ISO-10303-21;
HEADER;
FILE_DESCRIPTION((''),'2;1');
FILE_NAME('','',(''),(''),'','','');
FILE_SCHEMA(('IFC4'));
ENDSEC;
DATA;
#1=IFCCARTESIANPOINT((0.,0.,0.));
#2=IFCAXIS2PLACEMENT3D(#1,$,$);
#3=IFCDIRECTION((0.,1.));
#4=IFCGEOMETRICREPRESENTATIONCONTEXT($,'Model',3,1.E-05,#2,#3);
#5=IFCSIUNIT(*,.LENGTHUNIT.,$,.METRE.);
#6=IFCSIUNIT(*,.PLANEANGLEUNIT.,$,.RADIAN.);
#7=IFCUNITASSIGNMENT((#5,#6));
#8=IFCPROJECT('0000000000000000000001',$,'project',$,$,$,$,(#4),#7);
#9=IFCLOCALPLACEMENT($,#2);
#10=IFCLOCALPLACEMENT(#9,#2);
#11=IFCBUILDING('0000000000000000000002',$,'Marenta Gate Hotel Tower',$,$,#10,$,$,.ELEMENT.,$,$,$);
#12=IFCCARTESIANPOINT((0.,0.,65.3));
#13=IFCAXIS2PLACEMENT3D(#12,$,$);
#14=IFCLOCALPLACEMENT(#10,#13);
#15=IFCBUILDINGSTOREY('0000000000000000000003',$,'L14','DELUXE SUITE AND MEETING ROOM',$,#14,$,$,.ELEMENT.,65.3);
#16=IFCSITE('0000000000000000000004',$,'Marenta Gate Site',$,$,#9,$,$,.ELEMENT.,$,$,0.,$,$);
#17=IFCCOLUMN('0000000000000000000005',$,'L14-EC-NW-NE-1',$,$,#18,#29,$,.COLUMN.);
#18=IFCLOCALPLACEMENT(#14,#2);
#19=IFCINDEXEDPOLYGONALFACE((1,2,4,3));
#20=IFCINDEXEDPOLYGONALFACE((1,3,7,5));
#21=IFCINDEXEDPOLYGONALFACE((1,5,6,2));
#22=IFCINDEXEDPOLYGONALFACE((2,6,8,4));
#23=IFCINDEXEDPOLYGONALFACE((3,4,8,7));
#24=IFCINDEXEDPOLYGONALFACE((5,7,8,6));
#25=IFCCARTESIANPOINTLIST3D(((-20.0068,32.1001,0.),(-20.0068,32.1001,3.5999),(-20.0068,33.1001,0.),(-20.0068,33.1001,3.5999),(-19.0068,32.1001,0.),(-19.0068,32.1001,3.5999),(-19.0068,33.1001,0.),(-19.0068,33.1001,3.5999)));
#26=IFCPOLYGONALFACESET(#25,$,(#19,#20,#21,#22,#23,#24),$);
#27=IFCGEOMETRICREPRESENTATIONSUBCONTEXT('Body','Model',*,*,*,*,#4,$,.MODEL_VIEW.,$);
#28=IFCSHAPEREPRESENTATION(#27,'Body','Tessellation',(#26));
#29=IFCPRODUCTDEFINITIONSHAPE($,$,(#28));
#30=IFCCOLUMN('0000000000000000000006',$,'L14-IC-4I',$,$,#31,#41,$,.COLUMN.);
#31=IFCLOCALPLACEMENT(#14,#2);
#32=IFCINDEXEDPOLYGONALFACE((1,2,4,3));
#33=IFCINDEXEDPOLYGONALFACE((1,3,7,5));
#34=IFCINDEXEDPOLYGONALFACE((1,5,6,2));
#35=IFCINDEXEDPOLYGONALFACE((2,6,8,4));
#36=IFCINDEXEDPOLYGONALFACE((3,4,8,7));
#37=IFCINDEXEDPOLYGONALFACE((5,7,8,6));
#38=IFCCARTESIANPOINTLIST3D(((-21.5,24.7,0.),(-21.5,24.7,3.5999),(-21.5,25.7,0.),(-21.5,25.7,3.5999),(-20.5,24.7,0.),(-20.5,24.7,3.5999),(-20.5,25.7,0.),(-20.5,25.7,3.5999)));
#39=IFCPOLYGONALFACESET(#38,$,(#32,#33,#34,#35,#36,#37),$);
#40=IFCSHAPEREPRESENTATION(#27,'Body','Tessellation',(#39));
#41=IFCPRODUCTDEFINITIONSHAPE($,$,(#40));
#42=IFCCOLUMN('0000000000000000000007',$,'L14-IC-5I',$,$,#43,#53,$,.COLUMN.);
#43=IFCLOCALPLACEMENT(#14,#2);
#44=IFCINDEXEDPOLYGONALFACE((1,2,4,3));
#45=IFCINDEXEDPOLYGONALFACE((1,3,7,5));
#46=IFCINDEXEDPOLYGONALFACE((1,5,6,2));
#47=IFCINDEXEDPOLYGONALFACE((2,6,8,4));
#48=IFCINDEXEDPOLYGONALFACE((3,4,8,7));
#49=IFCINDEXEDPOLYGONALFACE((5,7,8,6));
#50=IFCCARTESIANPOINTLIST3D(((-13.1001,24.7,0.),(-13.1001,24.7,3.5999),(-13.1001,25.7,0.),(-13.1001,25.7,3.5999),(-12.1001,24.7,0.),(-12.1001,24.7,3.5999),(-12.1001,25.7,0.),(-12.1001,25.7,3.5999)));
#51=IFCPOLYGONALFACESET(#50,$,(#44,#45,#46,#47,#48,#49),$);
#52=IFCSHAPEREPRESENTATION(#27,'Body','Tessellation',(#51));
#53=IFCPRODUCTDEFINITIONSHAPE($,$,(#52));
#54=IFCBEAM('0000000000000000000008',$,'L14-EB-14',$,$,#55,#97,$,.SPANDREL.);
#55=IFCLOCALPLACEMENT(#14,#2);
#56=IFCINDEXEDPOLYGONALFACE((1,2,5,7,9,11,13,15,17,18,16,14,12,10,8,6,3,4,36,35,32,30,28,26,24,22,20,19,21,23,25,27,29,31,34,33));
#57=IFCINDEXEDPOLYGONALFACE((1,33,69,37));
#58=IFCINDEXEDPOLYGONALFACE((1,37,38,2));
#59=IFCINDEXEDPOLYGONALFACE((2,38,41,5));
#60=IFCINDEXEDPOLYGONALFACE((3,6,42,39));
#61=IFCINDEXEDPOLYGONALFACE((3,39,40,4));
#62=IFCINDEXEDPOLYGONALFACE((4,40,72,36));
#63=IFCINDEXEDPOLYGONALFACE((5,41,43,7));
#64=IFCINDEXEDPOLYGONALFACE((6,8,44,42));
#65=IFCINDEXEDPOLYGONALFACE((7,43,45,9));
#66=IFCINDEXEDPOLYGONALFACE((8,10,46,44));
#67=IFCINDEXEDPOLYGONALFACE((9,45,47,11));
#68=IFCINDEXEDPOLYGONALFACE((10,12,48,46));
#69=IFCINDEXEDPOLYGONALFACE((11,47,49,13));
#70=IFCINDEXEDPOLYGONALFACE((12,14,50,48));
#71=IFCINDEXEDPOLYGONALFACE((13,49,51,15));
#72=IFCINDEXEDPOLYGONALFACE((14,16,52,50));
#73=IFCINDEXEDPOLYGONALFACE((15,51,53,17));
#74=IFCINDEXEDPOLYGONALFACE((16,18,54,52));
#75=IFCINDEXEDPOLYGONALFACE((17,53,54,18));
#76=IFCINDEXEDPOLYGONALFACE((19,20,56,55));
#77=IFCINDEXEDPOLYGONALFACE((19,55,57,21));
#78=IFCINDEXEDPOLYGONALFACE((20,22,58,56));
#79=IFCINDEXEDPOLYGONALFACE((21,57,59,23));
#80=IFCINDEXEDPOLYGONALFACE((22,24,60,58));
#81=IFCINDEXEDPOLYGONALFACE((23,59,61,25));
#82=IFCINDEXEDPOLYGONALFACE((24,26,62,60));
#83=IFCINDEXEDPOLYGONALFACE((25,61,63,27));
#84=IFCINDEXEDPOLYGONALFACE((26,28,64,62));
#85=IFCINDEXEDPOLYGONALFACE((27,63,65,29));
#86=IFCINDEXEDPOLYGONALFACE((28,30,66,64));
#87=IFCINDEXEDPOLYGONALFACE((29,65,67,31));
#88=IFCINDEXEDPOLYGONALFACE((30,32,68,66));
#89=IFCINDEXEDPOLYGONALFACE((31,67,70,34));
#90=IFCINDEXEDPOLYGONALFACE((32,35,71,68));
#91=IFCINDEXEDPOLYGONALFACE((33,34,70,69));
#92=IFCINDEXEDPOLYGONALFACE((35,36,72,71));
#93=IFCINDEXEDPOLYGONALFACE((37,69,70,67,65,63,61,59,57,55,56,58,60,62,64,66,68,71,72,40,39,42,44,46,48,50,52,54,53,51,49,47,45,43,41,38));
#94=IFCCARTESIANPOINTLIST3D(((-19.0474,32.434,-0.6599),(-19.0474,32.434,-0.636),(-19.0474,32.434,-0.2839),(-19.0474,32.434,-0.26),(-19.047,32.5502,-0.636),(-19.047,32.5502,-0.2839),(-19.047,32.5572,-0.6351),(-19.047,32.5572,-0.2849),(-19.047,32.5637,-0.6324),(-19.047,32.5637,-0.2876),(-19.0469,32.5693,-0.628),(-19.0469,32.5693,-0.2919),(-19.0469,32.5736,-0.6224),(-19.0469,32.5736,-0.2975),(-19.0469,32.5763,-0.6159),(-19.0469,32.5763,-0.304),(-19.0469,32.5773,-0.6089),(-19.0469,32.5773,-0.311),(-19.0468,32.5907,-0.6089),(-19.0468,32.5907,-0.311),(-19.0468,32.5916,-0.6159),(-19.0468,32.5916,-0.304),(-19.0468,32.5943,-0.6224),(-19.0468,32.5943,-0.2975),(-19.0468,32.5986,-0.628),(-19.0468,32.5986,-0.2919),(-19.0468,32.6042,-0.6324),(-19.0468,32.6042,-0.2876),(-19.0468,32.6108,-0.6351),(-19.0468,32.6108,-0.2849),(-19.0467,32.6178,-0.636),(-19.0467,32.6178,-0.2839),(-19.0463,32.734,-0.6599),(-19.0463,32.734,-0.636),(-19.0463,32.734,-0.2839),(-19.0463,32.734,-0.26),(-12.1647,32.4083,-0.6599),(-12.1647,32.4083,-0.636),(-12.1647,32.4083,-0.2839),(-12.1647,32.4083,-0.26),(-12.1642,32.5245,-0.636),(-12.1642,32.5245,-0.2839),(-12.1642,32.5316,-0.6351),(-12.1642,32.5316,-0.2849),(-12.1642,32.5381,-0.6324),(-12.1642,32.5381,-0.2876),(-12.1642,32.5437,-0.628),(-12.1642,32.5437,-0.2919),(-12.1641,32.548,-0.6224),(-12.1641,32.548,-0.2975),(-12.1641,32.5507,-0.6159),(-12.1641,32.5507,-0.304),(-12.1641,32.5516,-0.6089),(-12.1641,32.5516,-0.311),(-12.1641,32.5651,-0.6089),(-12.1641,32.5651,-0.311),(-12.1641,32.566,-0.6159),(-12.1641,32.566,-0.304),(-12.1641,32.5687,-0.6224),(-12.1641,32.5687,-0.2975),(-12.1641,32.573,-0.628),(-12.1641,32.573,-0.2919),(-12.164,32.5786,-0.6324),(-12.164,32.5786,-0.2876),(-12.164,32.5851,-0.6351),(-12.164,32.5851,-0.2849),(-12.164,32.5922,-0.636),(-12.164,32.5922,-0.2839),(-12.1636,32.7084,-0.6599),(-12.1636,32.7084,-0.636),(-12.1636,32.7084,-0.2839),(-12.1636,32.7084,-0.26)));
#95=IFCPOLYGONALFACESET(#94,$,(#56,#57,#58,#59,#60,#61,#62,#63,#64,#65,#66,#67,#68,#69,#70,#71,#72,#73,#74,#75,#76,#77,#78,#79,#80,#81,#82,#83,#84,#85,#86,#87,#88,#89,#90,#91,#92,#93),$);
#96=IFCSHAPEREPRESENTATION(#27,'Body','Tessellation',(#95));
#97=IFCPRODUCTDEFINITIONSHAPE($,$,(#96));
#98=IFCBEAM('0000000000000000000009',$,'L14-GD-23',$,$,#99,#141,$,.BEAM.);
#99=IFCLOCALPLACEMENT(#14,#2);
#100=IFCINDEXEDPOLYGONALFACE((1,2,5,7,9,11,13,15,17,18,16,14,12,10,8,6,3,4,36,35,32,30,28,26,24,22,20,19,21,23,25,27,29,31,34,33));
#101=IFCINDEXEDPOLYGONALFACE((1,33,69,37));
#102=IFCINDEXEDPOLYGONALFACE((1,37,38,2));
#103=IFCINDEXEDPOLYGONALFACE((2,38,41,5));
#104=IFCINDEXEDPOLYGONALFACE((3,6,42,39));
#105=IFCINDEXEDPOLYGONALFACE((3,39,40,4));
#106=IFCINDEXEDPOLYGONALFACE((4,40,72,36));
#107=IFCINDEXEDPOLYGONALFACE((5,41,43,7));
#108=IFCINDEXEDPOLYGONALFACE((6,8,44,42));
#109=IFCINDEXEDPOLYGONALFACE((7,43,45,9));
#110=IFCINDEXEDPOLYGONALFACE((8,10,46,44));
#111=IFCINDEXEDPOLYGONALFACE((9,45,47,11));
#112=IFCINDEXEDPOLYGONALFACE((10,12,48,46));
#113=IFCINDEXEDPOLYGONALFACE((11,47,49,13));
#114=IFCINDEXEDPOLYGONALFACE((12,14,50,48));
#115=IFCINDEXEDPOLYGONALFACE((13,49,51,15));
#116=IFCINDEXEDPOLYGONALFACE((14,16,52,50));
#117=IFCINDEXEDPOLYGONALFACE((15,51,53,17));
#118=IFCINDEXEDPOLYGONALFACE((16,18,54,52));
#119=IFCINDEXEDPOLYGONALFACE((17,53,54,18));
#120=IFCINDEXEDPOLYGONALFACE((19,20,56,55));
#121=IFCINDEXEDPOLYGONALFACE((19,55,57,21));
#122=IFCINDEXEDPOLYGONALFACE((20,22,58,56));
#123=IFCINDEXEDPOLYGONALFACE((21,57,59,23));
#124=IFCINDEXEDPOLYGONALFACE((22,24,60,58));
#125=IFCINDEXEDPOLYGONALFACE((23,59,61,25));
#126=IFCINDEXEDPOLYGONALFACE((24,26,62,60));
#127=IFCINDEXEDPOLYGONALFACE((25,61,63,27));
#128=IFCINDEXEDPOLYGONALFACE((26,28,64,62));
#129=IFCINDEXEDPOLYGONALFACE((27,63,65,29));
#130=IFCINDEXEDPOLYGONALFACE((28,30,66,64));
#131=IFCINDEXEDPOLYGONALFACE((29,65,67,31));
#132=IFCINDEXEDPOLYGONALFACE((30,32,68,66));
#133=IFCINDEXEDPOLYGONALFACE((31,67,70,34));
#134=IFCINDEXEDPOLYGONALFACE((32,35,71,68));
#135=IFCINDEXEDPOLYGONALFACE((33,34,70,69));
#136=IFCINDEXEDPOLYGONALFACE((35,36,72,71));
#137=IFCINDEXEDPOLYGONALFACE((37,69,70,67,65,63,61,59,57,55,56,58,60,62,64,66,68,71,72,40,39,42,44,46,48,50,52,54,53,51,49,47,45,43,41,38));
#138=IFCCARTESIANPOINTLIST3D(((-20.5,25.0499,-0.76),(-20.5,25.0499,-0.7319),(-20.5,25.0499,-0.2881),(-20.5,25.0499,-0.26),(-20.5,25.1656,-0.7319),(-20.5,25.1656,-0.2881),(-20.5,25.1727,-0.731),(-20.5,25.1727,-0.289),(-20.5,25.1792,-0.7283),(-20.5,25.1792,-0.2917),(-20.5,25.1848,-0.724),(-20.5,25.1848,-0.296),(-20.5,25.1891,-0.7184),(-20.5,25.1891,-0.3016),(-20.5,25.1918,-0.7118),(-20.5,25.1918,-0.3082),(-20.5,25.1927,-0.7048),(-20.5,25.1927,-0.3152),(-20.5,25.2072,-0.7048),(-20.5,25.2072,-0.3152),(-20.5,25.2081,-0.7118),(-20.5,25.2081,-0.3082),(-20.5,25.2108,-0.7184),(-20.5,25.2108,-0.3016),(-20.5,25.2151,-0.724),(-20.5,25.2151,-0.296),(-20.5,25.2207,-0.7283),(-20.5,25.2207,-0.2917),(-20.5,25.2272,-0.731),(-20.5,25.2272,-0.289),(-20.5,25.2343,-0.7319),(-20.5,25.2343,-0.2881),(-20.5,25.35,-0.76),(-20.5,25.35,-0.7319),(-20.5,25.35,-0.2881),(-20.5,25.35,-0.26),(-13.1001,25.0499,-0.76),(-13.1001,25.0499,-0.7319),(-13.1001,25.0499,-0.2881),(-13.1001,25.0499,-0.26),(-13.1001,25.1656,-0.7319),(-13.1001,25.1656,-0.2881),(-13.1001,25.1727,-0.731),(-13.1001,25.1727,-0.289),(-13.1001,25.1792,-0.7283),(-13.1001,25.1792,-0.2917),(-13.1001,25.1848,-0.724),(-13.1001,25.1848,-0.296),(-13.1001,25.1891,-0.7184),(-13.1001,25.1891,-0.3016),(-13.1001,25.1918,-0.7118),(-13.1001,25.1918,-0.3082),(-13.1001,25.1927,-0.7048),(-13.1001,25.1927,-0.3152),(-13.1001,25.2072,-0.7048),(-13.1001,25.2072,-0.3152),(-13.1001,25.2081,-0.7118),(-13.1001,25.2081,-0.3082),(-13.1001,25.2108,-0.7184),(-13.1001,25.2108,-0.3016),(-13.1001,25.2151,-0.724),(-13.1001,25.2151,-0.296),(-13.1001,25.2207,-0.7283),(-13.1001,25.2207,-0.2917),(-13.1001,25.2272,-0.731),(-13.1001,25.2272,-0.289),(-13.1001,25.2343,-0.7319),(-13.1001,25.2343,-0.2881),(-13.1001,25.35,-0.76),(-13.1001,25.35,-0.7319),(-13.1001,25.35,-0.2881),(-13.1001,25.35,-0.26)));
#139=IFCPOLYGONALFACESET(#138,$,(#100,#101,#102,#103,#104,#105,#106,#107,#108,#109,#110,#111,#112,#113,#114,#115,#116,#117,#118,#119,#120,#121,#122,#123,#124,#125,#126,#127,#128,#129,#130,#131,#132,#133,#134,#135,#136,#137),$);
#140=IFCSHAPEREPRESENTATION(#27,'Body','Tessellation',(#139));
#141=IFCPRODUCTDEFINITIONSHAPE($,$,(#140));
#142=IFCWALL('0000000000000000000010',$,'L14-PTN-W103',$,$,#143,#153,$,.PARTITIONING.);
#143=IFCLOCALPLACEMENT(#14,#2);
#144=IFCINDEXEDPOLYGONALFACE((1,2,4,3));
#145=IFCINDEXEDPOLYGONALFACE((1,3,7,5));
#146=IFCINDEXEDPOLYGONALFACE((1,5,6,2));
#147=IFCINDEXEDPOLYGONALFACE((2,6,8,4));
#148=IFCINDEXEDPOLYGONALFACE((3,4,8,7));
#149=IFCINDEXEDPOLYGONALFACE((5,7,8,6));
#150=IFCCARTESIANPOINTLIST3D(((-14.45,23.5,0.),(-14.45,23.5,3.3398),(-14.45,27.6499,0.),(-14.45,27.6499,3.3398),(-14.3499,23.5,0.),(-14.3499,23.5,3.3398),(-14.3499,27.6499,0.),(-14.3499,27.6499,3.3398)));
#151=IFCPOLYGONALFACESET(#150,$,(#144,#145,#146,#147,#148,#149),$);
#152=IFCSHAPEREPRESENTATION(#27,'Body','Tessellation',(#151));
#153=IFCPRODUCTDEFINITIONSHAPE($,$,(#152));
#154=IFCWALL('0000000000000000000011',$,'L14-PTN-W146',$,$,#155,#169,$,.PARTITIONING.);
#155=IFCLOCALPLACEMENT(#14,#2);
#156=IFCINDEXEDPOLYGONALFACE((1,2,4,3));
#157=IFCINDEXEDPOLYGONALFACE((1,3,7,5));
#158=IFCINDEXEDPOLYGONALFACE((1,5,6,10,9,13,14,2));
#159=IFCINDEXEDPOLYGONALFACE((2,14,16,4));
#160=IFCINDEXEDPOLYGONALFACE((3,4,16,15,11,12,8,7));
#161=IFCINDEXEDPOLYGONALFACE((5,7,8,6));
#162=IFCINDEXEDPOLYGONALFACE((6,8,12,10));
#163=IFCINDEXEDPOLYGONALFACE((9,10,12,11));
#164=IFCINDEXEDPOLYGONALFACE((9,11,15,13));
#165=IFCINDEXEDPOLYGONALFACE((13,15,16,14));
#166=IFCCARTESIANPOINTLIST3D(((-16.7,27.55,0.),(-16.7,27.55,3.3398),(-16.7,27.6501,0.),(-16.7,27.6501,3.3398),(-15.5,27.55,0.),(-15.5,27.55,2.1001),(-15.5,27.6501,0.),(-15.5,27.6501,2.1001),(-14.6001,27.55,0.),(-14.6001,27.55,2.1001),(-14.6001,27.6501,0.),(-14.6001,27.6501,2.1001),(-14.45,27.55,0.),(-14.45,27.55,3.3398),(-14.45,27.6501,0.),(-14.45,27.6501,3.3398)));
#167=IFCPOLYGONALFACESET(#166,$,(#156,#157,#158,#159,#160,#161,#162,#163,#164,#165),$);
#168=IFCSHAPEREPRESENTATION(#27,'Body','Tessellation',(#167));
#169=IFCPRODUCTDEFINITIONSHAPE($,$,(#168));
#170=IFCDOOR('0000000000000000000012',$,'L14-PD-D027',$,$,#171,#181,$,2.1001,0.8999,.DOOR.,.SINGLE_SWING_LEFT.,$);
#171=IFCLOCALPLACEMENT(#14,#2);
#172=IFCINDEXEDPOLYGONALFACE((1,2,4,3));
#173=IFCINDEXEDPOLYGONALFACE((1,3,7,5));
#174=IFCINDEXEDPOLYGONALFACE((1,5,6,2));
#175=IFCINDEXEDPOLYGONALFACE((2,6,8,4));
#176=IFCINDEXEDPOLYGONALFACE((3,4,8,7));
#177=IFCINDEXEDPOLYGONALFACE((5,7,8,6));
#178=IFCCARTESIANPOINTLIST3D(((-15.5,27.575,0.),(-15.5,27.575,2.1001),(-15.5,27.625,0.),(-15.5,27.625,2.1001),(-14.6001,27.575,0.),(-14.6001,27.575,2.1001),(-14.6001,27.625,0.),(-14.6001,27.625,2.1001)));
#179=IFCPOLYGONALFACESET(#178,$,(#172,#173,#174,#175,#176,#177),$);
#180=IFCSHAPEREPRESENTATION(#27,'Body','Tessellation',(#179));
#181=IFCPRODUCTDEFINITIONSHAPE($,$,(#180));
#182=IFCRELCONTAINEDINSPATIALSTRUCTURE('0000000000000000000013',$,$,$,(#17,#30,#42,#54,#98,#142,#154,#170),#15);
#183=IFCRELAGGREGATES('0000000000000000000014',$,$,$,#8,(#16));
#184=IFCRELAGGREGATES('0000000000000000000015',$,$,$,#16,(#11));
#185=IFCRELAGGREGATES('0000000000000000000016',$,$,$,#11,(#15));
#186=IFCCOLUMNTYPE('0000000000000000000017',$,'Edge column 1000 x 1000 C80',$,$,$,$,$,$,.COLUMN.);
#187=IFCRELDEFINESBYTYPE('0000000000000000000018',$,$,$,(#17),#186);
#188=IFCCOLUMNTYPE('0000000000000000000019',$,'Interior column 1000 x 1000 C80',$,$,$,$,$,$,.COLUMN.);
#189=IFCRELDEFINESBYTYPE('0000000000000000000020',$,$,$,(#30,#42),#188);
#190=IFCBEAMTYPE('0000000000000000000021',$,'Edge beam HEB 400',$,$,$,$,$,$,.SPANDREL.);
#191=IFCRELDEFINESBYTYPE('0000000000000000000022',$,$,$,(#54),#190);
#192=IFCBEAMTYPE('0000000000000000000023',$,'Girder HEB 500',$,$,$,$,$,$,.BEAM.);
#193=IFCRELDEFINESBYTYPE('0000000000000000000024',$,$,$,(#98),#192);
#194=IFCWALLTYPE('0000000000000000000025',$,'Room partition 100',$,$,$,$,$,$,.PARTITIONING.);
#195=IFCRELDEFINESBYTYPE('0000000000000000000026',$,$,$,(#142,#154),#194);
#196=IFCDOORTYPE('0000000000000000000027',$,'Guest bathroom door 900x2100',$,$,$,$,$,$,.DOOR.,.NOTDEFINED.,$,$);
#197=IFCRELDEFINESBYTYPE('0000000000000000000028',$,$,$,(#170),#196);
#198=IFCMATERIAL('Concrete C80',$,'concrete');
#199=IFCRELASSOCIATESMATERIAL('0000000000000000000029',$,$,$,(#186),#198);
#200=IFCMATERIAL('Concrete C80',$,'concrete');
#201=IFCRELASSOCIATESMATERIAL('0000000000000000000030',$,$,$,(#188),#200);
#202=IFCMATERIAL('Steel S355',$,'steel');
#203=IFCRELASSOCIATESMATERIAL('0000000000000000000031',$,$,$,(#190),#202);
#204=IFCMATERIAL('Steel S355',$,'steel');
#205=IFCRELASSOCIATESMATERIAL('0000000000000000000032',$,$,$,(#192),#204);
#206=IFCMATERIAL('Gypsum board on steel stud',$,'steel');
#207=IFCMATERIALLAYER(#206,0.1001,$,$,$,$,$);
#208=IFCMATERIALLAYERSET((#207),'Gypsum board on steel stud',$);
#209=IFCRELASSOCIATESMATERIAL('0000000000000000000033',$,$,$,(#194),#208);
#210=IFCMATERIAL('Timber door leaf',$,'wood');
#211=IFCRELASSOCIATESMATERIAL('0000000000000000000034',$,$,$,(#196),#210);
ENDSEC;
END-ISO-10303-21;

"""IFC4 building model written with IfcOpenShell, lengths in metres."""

from ifc_helpers import new_model, si_unit, direction, frame, frame_2d, origin, origin_2d, place, context, subcontext, project, spatial, rectangle, i_section, extrude, material, layer, layer_set, material_profile, profile_set, type_object, element, fill, save


model = new_model("IFC4")

# Units and contexts
model_context = context("Model", 3, precision=1e-05, world=origin(), true_north=direction((0.0, 1.0)))
body_context = subcontext(model_context, "Body", "Model", "MODEL_VIEW")
ifc_project = project(units=[si_unit("LENGTHUNIT", "METRE"), si_unit("PLANEANGLEUNIT", "RADIAN")], contexts=[model_context])

# Site, building, storey
site_placement = place(None, origin())
site = spatial("IfcSite", under=ifc_project, at=site_placement, Name="Marenta Gate Site", CompositionType="ELEMENT", RefElevation=0.0)
building_placement = place(site_placement, origin())
building = spatial("IfcBuilding", under=site, at=building_placement, Name="Marenta Gate Hotel Tower", CompositionType="ELEMENT")
storey_placement = place(building_placement, frame((0.0, 0.0, 65.3)))
storey = spatial("IfcBuildingStorey", under=building, at=storey_placement, Name="L14", Description="DELUXE SUITE AND MEETING ROOM", CompositionType="ELEMENT", Elevation=65.3)

# Columns
ifc_material_1 = material(Name="Concrete C80", Category="concrete")
ifc_material_profile_1 = material_profile(ifc_material_1, rectangle(XDim=1.0, YDim=1.0, at=origin_2d()), Name="1000 x 1000")
ifc_profile_set_1 = profile_set([ifc_material_profile_1], Name="Concrete C80")
column_type_1 = type_object("IfcColumnType", Name="Edge column 1000 x 1000 C80", PredefinedType="COLUMN", material=ifc_profile_set_1)
column_placement = place(storey_placement, frame((-19.5068, 32.6001, 0.0), z_axis=(0.0, 0.0, 1.0), x_axis=(1.0, 0.0, 0.0)))
element("IfcColumn", 1, at=column_placement, inside=storey, type_object=column_type_1, Name="L14-EC-NW-NE-1", PredefinedType="COLUMN", context=body_context, shape_type="SweptSolid", body=[
    extrude(rectangle(XDim=1.0, YDim=1.0, at=origin_2d()), origin(), (0.0, 0.0, 1.0), 3.5999),
])
ifc_material_2 = material(Name="Concrete C80", Category="concrete")
ifc_material_profile_2 = material_profile(ifc_material_2, rectangle(XDim=1.0, YDim=1.0, at=origin_2d()), Name="1000 x 1000")
ifc_profile_set_2 = profile_set([ifc_material_profile_2], Name="Concrete C80")
column_type_2 = type_object("IfcColumnType", Name="Interior column 1000 x 1000 C80", PredefinedType="COLUMN", material=ifc_profile_set_2)
for number, where, z_axis, x_axis, name in (
    (2, (-21.0, 25.2, 0.0), (0.0, 0.0, 1.0), (1.0, 0.0, 0.0), "L14-IC-4I"),
    (3, (-12.6001, 25.2, 0.0), (0.0, 0.0, 1.0), (1.0, 0.0, 0.0), "L14-IC-5I"),
):
    element("IfcColumn", number, at=place(storey_placement, frame(where, z_axis=z_axis, x_axis=x_axis)), inside=storey, type_object=column_type_2, Name=name, PredefinedType="COLUMN", context=body_context, shape_type="SweptSolid", body=[
        extrude(rectangle(XDim=1.0, YDim=1.0, at=origin_2d()), origin(), (0.0, 0.0, 1.0), 3.5999),
    ])

# Beams
ifc_material_3 = material(Name="Steel S355", Category="steel")
ifc_material_profile_3 = material_profile(ifc_material_3, i_section(OverallWidth=0.3, OverallDepth=0.3999, WebThickness=0.0134, FlangeThickness=0.0239, FilletRadius=0.0271, at=origin_2d()), Name="HEB 400")
ifc_profile_set_3 = profile_set([ifc_material_profile_3], Name="Steel S355")
beam_type_1 = type_object("IfcBeamType", Name="Edge beam HEB 400", PredefinedType="SPANDREL", material=ifc_profile_set_3)
beam_1_placement = place(storey_placement, frame((-19.0469, 32.584, -0.46), z_axis=(0.999993, -0.003724, 0.0), x_axis=(0.003724, 0.999993, 0.0)))
element("IfcBeam", 4, at=beam_1_placement, inside=storey, type_object=beam_type_1, Name="L14-EB-14", PredefinedType="SPANDREL", context=body_context, shape_type="SweptSolid", body=[
    extrude(i_section(OverallWidth=0.3, OverallDepth=0.3999, WebThickness=0.0134, FlangeThickness=0.0239, FilletRadius=0.0271, at=origin_2d()), origin(), (0.0, 0.0, 1.0), 6.8828),
])
ifc_material_4 = material(Name="Steel S355", Category="steel")
ifc_material_profile_4 = material_profile(ifc_material_4, i_section(OverallWidth=0.3, OverallDepth=0.5, WebThickness=0.0144, FlangeThickness=0.0281, FilletRadius=0.0271, at=origin_2d()), Name="HEB 500")
ifc_profile_set_4 = profile_set([ifc_material_profile_4], Name="Steel S355")
beam_type_2 = type_object("IfcBeamType", Name="Girder HEB 500", PredefinedType="BEAM", material=ifc_profile_set_4)
beam_2_placement = place(storey_placement, frame((-20.5, 25.2, -0.51), z_axis=(1.0, 0.0, 0.0), x_axis=(0.0, 1.0, 0.0)))
element("IfcBeam", 5, at=beam_2_placement, inside=storey, type_object=beam_type_2, Name="L14-GD-23", PredefinedType="BEAM", context=body_context, shape_type="SweptSolid", body=[
    extrude(i_section(OverallWidth=0.3, OverallDepth=0.5, WebThickness=0.0144, FlangeThickness=0.0281, FilletRadius=0.0271, at=origin_2d()), origin(), (0.0, 0.0, 1.0), 7.3999),
])

# Wall
ifc_material_5 = material(Name="Gypsum board on steel stud", Category="steel")
ifc_layer_1 = layer(ifc_material_5, 0.1001)
ifc_layer_set_1 = layer_set([ifc_layer_1], Name="Gypsum board on steel stud")
wall_type_1 = type_object("IfcWallType", Name="Room partition 100", PredefinedType="PARTITIONING", material=ifc_layer_set_1)
wall_1_placement = place(storey_placement, frame((-14.3999, 23.5, 0.0), z_axis=(0.0, 0.0, 1.0), x_axis=(0.0, 1.0, 0.0)))
element("IfcWall", 6, at=wall_1_placement, inside=storey, type_object=wall_type_1, Name="L14-PTN-W103", PredefinedType="PARTITIONING", context=body_context, shape_type="SweptSolid", body=[
    extrude(rectangle(XDim=4.1499, YDim=0.1001, at=frame_2d((2.075, 0.0))), origin(), (0.0, 0.0, 1.0), 3.3398),
])

# Wall, opening, door
wall_2_placement = place(storey_placement, frame((-16.7, 27.6001, 0.0), z_axis=(0.0, 0.0, 1.0), x_axis=(1.0, 0.0, 0.0)))
wall_2 = element("IfcWall", 7, at=wall_2_placement, inside=storey, type_object=wall_type_1, Name="L14-PTN-W146", PredefinedType="PARTITIONING", context=body_context, shape_type="SweptSolid", body=[
    extrude(rectangle(XDim=2.25, YDim=0.1001, at=frame_2d((1.125, 0.0))), origin(), (0.0, 0.0, 1.0), 3.3398),
])
opening_placement = place(wall_2_placement, frame((1.2, 0.0, 0.0)))
opening = element("IfcOpeningElement", 8, at=opening_placement, cuts=wall_2, PredefinedType="OPENING", context=body_context, shape_type="SweptSolid", body=[
    extrude(rectangle(XDim=0.8999, YDim=2.1001, at=frame_2d((0.45, 1.05))), frame((0.0, 0.05, 0.0), z_axis=(0.0, -1.0, 0.0), x_axis=(1.0, 0.0, 0.0)), (0.0, 0.0, 1.0), 0.1001),
])
ifc_material_6 = material(Name="Timber door leaf", Category="wood")
door_type = type_object("IfcDoorType", Name="Guest bathroom door 900x2100", OperationType="NOTDEFINED", PredefinedType="DOOR", material=ifc_material_6)
door_placement = place(opening_placement, origin())
door = element("IfcDoor", 9, at=door_placement, inside=storey, type_object=door_type, Name="L14-PD-D027", OperationType="SINGLE_SWING_LEFT", OverallHeight=2.1001, OverallWidth=0.8999, PredefinedType="DOOR", context=body_context, shape_type="SweptSolid", body=[
    extrude(rectangle(XDim=0.8999, YDim=2.1001, at=frame_2d((0.45, 1.05))), frame((0.0, 0.0249, 0.0), z_axis=(0.0, -1.0, 0.0), x_axis=(1.0, 0.0, 0.0)), (0.0, 0.0, 1.0), 0.05),
])
fill(opening, door)

save(model, "model.ifc")
